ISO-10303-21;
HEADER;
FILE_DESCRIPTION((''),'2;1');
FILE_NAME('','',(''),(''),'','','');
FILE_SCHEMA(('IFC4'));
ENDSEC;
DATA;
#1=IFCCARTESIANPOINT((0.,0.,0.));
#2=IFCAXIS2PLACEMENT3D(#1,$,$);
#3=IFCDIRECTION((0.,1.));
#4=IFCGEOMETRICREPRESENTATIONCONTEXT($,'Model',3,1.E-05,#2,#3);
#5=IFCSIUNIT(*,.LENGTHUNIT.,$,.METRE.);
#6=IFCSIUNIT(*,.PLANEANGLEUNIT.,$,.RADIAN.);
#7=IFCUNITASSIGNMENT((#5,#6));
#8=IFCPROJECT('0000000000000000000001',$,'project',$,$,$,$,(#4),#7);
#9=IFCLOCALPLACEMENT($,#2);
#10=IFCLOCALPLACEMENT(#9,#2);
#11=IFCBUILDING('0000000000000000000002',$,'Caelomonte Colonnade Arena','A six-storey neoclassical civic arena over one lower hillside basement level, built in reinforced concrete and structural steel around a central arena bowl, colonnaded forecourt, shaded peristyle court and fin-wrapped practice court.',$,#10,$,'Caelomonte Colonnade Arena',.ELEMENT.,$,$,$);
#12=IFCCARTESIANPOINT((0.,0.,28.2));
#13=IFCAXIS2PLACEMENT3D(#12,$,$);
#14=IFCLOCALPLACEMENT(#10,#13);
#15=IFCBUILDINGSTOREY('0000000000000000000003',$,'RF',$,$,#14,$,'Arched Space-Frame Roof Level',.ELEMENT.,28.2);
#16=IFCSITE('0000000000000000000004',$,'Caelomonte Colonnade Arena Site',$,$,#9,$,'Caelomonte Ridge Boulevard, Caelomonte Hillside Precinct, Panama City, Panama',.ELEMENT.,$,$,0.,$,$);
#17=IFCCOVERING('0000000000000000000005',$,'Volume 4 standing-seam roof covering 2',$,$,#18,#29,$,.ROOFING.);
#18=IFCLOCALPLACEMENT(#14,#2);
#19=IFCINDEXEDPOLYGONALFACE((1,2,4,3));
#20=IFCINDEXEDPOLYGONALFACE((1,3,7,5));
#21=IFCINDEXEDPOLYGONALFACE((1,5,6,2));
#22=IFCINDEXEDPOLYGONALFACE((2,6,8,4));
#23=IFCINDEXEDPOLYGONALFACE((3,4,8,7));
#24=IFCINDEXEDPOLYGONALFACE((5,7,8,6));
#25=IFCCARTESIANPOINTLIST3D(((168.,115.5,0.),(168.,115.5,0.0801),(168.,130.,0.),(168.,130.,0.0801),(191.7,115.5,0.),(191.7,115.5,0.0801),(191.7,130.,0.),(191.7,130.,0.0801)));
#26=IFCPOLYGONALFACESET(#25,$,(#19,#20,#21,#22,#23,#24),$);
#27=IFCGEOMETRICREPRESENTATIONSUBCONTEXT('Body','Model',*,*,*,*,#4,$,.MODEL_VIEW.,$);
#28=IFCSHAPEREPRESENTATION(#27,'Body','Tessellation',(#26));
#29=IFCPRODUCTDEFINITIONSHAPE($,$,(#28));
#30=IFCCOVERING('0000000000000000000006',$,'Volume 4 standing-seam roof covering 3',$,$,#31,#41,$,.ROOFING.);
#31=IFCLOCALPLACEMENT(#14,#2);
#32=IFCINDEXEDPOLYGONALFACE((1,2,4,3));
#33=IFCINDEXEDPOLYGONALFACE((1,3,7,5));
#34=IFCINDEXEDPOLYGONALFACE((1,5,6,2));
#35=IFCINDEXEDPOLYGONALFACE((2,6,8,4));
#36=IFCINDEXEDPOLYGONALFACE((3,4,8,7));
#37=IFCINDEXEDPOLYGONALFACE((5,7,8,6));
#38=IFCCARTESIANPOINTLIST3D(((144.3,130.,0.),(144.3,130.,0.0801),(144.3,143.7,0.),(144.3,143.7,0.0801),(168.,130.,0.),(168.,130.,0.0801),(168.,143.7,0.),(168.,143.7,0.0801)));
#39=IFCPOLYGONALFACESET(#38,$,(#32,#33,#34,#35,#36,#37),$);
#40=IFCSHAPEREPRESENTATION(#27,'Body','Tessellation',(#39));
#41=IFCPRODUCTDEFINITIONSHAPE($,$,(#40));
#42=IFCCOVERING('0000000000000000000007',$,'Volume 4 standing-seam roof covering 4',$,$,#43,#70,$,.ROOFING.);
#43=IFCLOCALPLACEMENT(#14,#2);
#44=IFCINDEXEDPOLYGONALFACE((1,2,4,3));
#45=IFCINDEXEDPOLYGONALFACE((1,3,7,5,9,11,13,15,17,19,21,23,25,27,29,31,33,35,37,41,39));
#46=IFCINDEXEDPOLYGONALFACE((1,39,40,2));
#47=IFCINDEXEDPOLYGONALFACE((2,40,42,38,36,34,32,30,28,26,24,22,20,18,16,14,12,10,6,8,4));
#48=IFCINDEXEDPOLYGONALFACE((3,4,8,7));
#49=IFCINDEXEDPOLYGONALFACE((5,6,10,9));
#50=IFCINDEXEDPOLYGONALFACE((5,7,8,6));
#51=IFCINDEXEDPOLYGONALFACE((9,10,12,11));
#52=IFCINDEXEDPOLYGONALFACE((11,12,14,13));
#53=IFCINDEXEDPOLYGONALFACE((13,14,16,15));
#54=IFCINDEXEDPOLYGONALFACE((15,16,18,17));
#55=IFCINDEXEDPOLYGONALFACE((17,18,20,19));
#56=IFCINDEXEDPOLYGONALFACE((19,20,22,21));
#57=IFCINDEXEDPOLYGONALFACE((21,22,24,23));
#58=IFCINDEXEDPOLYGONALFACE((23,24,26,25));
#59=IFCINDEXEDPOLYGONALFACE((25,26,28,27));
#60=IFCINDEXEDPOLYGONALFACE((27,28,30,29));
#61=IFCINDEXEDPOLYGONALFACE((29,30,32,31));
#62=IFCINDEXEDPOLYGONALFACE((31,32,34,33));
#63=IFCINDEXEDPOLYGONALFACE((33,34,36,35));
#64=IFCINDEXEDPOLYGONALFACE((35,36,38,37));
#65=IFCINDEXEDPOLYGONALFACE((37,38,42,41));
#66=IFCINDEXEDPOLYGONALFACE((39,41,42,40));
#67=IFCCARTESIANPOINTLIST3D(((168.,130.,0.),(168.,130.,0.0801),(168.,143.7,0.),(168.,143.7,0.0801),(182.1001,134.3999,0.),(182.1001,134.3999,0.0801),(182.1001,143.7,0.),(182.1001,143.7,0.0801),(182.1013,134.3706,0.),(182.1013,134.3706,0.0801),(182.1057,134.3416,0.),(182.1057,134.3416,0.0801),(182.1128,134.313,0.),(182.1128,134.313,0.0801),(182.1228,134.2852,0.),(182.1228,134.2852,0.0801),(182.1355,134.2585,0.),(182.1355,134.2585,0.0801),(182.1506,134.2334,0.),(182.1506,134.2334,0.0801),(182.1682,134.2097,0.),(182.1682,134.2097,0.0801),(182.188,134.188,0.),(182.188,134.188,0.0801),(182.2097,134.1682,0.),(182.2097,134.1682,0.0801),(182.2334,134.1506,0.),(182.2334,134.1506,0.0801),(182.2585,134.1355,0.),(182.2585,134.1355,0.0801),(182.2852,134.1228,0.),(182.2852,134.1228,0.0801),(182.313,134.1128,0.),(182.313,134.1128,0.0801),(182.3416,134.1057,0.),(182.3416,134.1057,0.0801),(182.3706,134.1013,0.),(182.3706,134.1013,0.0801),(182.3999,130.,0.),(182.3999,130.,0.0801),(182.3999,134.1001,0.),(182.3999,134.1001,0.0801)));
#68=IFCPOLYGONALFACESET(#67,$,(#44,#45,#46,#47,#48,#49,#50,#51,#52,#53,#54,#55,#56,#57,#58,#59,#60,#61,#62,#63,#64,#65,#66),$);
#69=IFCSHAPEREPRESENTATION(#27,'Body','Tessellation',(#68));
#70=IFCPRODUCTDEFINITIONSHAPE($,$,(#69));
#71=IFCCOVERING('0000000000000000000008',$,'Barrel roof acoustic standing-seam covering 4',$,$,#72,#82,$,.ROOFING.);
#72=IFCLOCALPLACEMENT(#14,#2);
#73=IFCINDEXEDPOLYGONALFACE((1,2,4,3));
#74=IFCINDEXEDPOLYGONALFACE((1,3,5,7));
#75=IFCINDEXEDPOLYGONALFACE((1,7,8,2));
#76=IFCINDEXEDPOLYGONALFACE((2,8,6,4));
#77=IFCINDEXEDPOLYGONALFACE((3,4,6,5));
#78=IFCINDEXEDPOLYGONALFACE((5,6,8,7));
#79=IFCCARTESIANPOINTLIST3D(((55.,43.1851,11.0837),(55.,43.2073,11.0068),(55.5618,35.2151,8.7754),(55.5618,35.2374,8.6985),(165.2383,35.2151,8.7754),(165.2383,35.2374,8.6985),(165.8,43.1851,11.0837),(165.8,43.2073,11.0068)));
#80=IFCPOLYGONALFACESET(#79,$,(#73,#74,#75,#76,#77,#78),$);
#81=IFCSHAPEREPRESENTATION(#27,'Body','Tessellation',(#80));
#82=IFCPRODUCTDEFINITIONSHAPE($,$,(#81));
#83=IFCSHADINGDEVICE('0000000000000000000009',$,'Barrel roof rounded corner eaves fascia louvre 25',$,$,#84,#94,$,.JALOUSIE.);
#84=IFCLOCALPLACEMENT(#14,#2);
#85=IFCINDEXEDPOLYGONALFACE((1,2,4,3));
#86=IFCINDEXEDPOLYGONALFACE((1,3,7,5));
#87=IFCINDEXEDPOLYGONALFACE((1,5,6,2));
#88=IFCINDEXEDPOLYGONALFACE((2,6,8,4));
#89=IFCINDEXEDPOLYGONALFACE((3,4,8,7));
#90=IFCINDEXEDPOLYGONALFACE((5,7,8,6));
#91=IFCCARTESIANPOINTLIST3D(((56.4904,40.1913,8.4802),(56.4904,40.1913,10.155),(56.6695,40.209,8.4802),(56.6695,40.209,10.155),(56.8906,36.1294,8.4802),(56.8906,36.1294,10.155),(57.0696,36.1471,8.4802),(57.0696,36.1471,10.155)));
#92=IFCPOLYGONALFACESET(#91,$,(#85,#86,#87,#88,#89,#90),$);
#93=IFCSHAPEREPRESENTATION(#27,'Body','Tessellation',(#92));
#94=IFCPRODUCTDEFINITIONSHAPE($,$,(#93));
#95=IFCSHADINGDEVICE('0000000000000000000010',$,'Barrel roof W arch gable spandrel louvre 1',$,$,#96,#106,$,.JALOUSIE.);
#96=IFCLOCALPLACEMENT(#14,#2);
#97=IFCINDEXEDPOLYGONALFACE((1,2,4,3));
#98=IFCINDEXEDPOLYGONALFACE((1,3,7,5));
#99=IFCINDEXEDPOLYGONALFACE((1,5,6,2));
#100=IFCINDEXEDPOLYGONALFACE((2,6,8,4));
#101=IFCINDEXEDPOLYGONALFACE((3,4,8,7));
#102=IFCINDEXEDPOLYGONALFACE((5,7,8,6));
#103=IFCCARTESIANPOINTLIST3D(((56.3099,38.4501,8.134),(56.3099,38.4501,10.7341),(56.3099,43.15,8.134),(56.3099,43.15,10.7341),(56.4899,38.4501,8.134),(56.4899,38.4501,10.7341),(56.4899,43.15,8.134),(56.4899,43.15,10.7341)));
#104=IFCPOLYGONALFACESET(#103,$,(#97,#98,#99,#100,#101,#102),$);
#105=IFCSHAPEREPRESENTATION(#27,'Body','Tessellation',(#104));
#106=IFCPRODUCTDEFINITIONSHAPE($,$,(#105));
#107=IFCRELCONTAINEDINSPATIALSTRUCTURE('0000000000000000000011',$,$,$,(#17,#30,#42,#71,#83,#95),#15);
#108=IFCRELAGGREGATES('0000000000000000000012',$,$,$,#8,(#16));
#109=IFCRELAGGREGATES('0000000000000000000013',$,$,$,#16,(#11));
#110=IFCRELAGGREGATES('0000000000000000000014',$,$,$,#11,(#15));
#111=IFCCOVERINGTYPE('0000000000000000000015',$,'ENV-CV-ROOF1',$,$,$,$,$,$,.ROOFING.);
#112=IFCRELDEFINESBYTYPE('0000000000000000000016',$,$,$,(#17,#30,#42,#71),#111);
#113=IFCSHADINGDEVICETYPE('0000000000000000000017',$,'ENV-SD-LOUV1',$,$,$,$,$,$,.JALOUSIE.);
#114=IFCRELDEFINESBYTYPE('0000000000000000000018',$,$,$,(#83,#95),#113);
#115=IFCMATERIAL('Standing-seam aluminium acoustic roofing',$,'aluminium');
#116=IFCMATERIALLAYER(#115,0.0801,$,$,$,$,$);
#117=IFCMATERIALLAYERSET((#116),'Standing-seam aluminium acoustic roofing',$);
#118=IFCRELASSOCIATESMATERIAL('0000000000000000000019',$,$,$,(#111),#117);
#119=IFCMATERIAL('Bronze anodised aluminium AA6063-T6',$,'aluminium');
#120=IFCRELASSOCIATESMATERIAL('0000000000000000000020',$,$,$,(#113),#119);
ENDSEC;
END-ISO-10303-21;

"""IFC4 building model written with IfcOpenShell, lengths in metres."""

from ifc_helpers import new_model, si_unit, direction, frame, origin, origin_2d, place, context, subcontext, project, spatial, polyline, rectangle, outline, extrude, material, layer, layer_set, type_object, element, save


model = new_model("IFC4")

# Units and contexts
model_context = context("Model", 3, precision=1e-05, world=origin(), true_north=direction((0.0, 1.0)))
body_context = subcontext(model_context, "Body", "Model", "MODEL_VIEW")
ifc_project = project(units=[si_unit("LENGTHUNIT", "METRE"), si_unit("PLANEANGLEUNIT", "RADIAN")], contexts=[model_context])

# Site, building, storey
site_placement = place(None, origin())
site = spatial("IfcSite", under=ifc_project, at=site_placement, Name="Caelomonte Colonnade Arena Site", LongName="Caelomonte Ridge Boulevard, Caelomonte Hillside Precinct, Panama City, Panama", CompositionType="ELEMENT", RefElevation=0.0)
building_placement = place(site_placement, origin())
building = spatial("IfcBuilding", under=site, at=building_placement, Name="Caelomonte Colonnade Arena", Description="A six-storey neoclassical civic arena over one lower hillside basement level, built in reinforced concrete and structural steel around a central arena bowl, colonnaded forecourt, shaded peristyle court and fin-wrapped practice court.", LongName="Caelomonte Colonnade Arena", CompositionType="ELEMENT")
storey_placement = place(building_placement, frame((0.0, 0.0, 28.2)))
storey = spatial("IfcBuildingStorey", under=building, at=storey_placement, Name="RF", LongName="Arched Space-Frame Roof Level", CompositionType="ELEMENT", Elevation=28.2)

# Shared definitions
ifc_material_1 = material(Name="Bronze anodised aluminium AA6063-T6", Category="aluminium")

# Coverings
ifc_material_2 = material(Name="Standing-seam aluminium acoustic roofing", Category="aluminium")
ifc_layer_1 = layer(ifc_material_2, 0.0801)
ifc_layer_set_1 = layer_set([ifc_layer_1], Name="Standing-seam aluminium acoustic roofing")
covering_type = type_object("IfcCoveringType", Name="ENV-CV-ROOF1", PredefinedType="ROOFING", material=ifc_layer_set_1)
covering_1_placement = place(storey_placement, origin())
element("IfcCovering", 1, at=covering_1_placement, inside=storey, type_object=covering_type, Name="Volume 4 standing-seam roof covering 2", PredefinedType="ROOFING", context=body_context, shape_type="SweptSolid", body=[
    extrude(outline(polyline([(191.7, 130.0), (168.0, 130.0), (168.0, 115.5), (191.7, 115.5), (191.7, 130.0)])), origin(), (0.0, 0.0, 1.0), 0.0801),
])
covering_2_placement = place(storey_placement, origin())
element("IfcCovering", 2, at=covering_2_placement, inside=storey, type_object=covering_type, Name="Volume 4 standing-seam roof covering 3", PredefinedType="ROOFING", context=body_context, shape_type="SweptSolid", body=[
    extrude(outline(polyline([(144.3, 130.0), (168.0, 130.0), (168.0, 143.7), (144.3, 143.7), (144.3, 130.0)])), origin(), (0.0, 0.0, 1.0), 0.0801),
])
covering_3_placement = place(storey_placement, origin())
element("IfcCovering", 3, at=covering_3_placement, inside=storey, type_object=covering_type, Name="Volume 4 standing-seam roof covering 4", PredefinedType="ROOFING", context=body_context, shape_type="SweptSolid", body=[
    extrude(outline(polyline([(168.0, 143.7), (168.0, 130.0), (182.3999, 130.0), (182.3999, 134.1001), (182.3706, 134.1013), (182.3416, 134.1057), (182.313, 134.1128), (182.2852, 134.1228), (182.2585, 134.1355), (182.2334, 134.1506), (182.2097, 134.1682), (182.188, 134.188), (182.1682, 134.2097), (182.1506, 134.2334), (182.1355, 134.2585), (182.1228, 134.2852), (182.1128, 134.313), (182.1057, 134.3416), (182.1013, 134.3706), (182.1001, 134.3999), (182.1001, 143.7), (168.0, 143.7)])), origin(), (0.0, 0.0, 1.0), 0.0801),
])
covering_4_placement = place(storey_placement, frame((55.5618, 35.2151, 8.7754), z_axis=(0.0, -0.278197, 0.960524), x_axis=(1.0, 0.0, 0.0)))
element("IfcCovering", 4, at=covering_4_placement, inside=storey, type_object=covering_type, Name="Barrel roof acoustic standing-seam covering 4", PredefinedType="ROOFING", context=body_context, shape_type="SweptSolid", body=[
    extrude(outline(polyline([(0.0, 0.0), (109.6765, 0.0), (110.2383, 8.2975), (-0.5618, 8.2975), (0.0, 0.0)])), origin(), (0.0, 0.0, -1.0), 0.0801),
])

# Shading devices
shading_device_type = type_object("IfcShadingDeviceType", Name="ENV-SD-LOUV1", PredefinedType="JALOUSIE", material=ifc_material_1)
shading_device_1_placement = place(storey_placement, frame((56.78, 38.1692, 8.4802), z_axis=(0.0, 0.0, 1.0), x_axis=(0.098029, -0.995184, 0.0)))
element("IfcShadingDevice", 5, at=shading_device_1_placement, inside=storey, type_object=shading_device_type, Name="Barrel roof rounded corner eaves fascia louvre 25", PredefinedType="JALOUSIE", context=body_context, shape_type="SweptSolid", body=[
    extrude(rectangle(XDim=4.0815, YDim=0.1799, at=origin_2d()), origin(), (0.0, 0.0, 1.0), 1.6748),
])
shading_device_2_placement = place(storey_placement, frame((56.3999, 40.8, 8.134), z_axis=(0.0, 0.0, 1.0), x_axis=(1.0, 0.0, 0.0)))
element("IfcShadingDevice", 6, at=shading_device_2_placement, inside=storey, type_object=shading_device_type, Name="Barrel roof W arch gable spandrel louvre 1", PredefinedType="JALOUSIE", context=body_context, shape_type="SweptSolid", body=[
    extrude(rectangle(XDim=0.1799, YDim=4.7, at=origin_2d()), origin(), (0.0, 0.0, 1.0), 2.6001),
])

save(model, "model.ifc")
